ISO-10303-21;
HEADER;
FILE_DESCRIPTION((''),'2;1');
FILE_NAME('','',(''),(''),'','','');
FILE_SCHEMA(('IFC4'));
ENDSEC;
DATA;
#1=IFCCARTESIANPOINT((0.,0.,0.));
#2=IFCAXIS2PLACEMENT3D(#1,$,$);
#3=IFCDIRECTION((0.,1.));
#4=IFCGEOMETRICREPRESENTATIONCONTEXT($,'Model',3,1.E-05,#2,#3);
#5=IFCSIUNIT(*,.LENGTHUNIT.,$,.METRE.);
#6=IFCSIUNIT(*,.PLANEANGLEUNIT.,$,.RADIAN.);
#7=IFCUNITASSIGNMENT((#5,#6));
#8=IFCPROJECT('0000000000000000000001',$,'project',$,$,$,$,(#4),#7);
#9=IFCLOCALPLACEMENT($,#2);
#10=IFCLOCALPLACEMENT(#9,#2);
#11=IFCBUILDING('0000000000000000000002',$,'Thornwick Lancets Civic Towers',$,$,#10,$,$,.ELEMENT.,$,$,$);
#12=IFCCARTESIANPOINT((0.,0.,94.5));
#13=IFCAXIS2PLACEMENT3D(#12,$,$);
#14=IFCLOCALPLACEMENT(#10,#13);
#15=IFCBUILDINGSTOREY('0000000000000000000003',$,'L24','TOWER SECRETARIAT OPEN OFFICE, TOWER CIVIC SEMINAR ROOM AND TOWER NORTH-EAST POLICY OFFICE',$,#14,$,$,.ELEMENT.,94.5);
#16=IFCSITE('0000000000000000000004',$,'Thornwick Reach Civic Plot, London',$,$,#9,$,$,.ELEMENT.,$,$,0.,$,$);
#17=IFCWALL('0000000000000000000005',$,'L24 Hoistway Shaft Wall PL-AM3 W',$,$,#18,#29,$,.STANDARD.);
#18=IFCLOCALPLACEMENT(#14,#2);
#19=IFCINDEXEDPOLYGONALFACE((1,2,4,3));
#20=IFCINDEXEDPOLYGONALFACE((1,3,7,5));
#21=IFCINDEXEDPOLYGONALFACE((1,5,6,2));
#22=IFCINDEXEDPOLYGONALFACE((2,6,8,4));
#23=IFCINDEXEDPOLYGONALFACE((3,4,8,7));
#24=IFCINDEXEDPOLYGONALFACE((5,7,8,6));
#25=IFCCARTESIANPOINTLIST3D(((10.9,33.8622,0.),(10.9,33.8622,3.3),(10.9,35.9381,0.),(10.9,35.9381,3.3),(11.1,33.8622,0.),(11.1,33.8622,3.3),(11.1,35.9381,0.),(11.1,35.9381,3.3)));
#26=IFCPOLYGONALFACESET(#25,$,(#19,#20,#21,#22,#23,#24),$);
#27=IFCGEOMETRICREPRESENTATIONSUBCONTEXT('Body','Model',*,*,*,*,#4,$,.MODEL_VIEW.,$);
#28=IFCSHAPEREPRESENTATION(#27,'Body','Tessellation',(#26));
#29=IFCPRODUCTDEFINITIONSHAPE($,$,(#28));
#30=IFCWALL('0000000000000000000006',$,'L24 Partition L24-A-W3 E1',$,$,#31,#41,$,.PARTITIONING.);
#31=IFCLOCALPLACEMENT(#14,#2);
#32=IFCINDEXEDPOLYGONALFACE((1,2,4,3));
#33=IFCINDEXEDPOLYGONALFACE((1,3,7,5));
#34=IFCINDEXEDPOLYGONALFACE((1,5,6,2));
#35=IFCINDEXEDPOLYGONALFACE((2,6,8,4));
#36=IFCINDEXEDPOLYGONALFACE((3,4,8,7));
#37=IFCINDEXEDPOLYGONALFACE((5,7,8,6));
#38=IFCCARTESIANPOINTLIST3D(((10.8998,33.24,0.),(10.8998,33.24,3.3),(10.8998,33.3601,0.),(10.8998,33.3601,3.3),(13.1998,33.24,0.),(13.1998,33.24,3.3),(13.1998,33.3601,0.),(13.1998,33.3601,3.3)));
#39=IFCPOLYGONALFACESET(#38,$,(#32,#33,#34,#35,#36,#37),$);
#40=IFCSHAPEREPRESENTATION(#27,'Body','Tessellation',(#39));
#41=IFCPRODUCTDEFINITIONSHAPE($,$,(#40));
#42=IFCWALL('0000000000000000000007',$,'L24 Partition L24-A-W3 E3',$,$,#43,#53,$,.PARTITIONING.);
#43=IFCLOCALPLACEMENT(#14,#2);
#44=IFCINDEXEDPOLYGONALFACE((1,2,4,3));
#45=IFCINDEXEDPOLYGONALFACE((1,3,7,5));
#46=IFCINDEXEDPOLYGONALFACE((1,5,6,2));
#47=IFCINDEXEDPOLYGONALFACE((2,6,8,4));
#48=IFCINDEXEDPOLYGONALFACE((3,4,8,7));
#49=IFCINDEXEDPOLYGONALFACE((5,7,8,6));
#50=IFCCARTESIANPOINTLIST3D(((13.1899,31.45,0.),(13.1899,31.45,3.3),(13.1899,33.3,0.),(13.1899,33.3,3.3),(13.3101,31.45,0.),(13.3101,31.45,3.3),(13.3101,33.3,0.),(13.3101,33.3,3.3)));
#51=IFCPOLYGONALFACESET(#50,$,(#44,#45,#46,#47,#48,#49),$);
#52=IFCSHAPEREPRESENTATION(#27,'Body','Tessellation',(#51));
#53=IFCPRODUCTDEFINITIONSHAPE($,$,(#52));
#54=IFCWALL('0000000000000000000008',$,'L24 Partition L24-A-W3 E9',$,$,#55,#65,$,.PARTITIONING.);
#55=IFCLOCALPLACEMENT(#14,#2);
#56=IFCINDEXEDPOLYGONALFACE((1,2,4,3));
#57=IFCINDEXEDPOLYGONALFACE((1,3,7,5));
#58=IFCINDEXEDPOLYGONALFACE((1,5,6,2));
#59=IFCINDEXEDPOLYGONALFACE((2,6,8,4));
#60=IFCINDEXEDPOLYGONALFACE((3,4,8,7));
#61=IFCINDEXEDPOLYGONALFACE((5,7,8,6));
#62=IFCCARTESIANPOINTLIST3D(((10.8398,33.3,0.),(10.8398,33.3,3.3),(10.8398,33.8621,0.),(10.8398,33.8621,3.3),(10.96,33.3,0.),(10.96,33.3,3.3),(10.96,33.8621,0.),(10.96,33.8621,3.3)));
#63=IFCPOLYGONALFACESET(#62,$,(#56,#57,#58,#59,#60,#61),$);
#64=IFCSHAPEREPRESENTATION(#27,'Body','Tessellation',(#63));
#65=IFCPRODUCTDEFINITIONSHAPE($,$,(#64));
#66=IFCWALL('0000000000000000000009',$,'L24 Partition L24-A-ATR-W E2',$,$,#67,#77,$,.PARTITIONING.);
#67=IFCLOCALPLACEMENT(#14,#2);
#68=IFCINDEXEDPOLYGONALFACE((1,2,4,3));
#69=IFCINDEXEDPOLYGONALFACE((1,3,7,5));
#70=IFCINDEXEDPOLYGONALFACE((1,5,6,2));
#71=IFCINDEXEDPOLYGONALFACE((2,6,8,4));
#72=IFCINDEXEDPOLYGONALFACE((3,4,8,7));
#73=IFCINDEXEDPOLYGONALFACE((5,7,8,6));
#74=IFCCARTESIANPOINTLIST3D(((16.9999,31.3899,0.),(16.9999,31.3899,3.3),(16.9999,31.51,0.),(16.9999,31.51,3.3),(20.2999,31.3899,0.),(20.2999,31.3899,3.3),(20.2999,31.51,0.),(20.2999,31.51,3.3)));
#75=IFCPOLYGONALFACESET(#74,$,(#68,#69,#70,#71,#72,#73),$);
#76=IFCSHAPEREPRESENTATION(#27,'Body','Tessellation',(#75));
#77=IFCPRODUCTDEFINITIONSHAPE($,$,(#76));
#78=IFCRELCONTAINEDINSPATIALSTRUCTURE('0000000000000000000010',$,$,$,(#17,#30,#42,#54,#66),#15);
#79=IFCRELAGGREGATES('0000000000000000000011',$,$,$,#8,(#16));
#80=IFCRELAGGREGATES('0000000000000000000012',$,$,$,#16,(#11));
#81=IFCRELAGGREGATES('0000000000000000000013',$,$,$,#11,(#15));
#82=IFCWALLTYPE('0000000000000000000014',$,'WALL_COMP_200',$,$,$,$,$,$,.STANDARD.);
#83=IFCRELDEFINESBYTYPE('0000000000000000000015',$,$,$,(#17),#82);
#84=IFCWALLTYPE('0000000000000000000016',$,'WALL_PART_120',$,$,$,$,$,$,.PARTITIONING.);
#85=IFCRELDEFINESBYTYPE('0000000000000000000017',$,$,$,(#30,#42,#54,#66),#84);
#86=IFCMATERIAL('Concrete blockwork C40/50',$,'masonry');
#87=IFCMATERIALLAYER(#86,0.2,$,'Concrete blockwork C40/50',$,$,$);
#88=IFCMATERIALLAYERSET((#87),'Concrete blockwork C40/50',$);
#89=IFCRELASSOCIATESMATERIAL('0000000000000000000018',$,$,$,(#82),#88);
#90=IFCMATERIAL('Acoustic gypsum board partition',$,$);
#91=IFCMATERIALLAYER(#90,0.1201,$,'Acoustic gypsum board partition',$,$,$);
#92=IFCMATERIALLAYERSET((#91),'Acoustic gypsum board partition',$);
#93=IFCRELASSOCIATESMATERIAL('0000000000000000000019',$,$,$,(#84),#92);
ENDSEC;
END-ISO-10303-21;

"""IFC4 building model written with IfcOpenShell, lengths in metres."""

from ifc_helpers import new_model, si_unit, direction, frame, frame_2d, origin, place, context, subcontext, project, spatial, rectangle, extrude, material, layer, layer_set, type_object, element, save


model = new_model("IFC4")

# Units and contexts
model_context = context("Model", 3, precision=1e-05, world=origin(), true_north=direction((0.0, 1.0)))
body_context = subcontext(model_context, "Body", "Model", "MODEL_VIEW")
ifc_project = project(units=[si_unit("LENGTHUNIT", "METRE"), si_unit("PLANEANGLEUNIT", "RADIAN")], contexts=[model_context])

# Site, building, storey
site_placement = place(None, origin())
site = spatial("IfcSite", under=ifc_project, at=site_placement, Name="Thornwick Reach Civic Plot, London", CompositionType="ELEMENT", RefElevation=0.0)
building_placement = place(site_placement, origin())
building = spatial("IfcBuilding", under=site, at=building_placement, Name="Thornwick Lancets Civic Towers", CompositionType="ELEMENT")
storey_placement = place(building_placement, frame((0.0, 0.0, 94.5)))
storey = spatial("IfcBuildingStorey", under=building, at=storey_placement, Name="L24", Description="TOWER SECRETARIAT OPEN OFFICE, TOWER CIVIC SEMINAR ROOM AND TOWER NORTH-EAST POLICY OFFICE", CompositionType="ELEMENT", Elevation=94.5)

# Shared definitions
ifc_material_1 = material(Name="Concrete blockwork C40/50", Category="masonry")
ifc_layer_1 = layer(ifc_material_1, 0.2, Name="Concrete blockwork C40/50")
ifc_layer_set_1 = layer_set([ifc_layer_1], Name="Concrete blockwork C40/50")
wall_type_1 = type_object("IfcWallType", Name="WALL_COMP_200", PredefinedType="STANDARD", material=ifc_layer_set_1)

# Walls
wall_1_placement = place(storey_placement, frame((11.0, 33.8621, 0.0), z_axis=(0.0, 0.0, 1.0), x_axis=(0.0, 1.0, 0.0)))
element("IfcWall", 1, at=wall_1_placement, inside=storey, type_object=wall_type_1, Name="L24 Hoistway Shaft Wall PL-AM3 W", PredefinedType="STANDARD", context=body_context, shape_type="SweptSolid", body=[
    extrude(rectangle(XDim=2.0759, YDim=0.2, at=frame_2d((1.0381, 0.0))), origin(), (0.0, 0.0, 1.0), 3.3),
])
ifc_material_2 = material(Name="Acoustic gypsum board partition")
ifc_layer_2 = layer(ifc_material_2, 0.1201, Name="Acoustic gypsum board partition")
ifc_layer_set_2 = layer_set([ifc_layer_2], Name="Acoustic gypsum board partition")
wall_type_2 = type_object("IfcWallType", Name="WALL_PART_120", PredefinedType="PARTITIONING", material=ifc_layer_set_2)
wall_2_placement = place(storey_placement, frame((10.8999, 33.3, 0.0), z_axis=(0.0, 0.0, 1.0), x_axis=(1.0, 0.0, 0.0)))
element("IfcWall", 2, at=wall_2_placement, inside=storey, type_object=wall_type_2, Name="L24 Partition L24-A-W3 E1", PredefinedType="PARTITIONING", context=body_context, shape_type="SweptSolid", body=[
    extrude(rectangle(XDim=2.3, YDim=0.1201, at=frame_2d((1.1499, 0.0))), origin(), (0.0, 0.0, 1.0), 3.3),
])
wall_3_placement = place(storey_placement, frame((13.25, 33.3, 0.0), z_axis=(0.0, 0.0, 1.0), x_axis=(0.0, -1.0, 0.0)))
element("IfcWall", 3, at=wall_3_placement, inside=storey, type_object=wall_type_2, Name="L24 Partition L24-A-W3 E3", PredefinedType="PARTITIONING", context=body_context, shape_type="SweptSolid", body=[
    extrude(rectangle(XDim=1.8501, YDim=0.1201, at=frame_2d((0.925, 0.0))), origin(), (0.0, 0.0, 1.0), 3.3),
])
wall_4_placement = place(storey_placement, frame((10.8999, 33.8621, 0.0), z_axis=(0.0, 0.0, 1.0), x_axis=(0.0, -1.0, 0.0)))
element("IfcWall", 4, at=wall_4_placement, inside=storey, type_object=wall_type_2, Name="L24 Partition L24-A-W3 E9", PredefinedType="PARTITIONING", context=body_context, shape_type="SweptSolid", body=[
    extrude(rectangle(XDim=0.562, YDim=0.1201, at=frame_2d((0.281, 0.0))), origin(), (0.0, 0.0, 1.0), 3.3),
])
wall_5_placement = place(storey_placement, frame((17.0, 31.45, 0.0), z_axis=(0.0, 0.0, 1.0), x_axis=(1.0, 0.0, 0.0)))
element("IfcWall", 5, at=wall_5_placement, inside=storey, type_object=wall_type_2, Name="L24 Partition L24-A-ATR-W E2", PredefinedType="PARTITIONING", context=body_context, shape_type="SweptSolid", body=[
    extrude(rectangle(XDim=3.3, YDim=0.1201, at=frame_2d((1.6499, 0.0))), origin(), (0.0, 0.0, 1.0), 3.3),
])

save(model, "model.ifc")
